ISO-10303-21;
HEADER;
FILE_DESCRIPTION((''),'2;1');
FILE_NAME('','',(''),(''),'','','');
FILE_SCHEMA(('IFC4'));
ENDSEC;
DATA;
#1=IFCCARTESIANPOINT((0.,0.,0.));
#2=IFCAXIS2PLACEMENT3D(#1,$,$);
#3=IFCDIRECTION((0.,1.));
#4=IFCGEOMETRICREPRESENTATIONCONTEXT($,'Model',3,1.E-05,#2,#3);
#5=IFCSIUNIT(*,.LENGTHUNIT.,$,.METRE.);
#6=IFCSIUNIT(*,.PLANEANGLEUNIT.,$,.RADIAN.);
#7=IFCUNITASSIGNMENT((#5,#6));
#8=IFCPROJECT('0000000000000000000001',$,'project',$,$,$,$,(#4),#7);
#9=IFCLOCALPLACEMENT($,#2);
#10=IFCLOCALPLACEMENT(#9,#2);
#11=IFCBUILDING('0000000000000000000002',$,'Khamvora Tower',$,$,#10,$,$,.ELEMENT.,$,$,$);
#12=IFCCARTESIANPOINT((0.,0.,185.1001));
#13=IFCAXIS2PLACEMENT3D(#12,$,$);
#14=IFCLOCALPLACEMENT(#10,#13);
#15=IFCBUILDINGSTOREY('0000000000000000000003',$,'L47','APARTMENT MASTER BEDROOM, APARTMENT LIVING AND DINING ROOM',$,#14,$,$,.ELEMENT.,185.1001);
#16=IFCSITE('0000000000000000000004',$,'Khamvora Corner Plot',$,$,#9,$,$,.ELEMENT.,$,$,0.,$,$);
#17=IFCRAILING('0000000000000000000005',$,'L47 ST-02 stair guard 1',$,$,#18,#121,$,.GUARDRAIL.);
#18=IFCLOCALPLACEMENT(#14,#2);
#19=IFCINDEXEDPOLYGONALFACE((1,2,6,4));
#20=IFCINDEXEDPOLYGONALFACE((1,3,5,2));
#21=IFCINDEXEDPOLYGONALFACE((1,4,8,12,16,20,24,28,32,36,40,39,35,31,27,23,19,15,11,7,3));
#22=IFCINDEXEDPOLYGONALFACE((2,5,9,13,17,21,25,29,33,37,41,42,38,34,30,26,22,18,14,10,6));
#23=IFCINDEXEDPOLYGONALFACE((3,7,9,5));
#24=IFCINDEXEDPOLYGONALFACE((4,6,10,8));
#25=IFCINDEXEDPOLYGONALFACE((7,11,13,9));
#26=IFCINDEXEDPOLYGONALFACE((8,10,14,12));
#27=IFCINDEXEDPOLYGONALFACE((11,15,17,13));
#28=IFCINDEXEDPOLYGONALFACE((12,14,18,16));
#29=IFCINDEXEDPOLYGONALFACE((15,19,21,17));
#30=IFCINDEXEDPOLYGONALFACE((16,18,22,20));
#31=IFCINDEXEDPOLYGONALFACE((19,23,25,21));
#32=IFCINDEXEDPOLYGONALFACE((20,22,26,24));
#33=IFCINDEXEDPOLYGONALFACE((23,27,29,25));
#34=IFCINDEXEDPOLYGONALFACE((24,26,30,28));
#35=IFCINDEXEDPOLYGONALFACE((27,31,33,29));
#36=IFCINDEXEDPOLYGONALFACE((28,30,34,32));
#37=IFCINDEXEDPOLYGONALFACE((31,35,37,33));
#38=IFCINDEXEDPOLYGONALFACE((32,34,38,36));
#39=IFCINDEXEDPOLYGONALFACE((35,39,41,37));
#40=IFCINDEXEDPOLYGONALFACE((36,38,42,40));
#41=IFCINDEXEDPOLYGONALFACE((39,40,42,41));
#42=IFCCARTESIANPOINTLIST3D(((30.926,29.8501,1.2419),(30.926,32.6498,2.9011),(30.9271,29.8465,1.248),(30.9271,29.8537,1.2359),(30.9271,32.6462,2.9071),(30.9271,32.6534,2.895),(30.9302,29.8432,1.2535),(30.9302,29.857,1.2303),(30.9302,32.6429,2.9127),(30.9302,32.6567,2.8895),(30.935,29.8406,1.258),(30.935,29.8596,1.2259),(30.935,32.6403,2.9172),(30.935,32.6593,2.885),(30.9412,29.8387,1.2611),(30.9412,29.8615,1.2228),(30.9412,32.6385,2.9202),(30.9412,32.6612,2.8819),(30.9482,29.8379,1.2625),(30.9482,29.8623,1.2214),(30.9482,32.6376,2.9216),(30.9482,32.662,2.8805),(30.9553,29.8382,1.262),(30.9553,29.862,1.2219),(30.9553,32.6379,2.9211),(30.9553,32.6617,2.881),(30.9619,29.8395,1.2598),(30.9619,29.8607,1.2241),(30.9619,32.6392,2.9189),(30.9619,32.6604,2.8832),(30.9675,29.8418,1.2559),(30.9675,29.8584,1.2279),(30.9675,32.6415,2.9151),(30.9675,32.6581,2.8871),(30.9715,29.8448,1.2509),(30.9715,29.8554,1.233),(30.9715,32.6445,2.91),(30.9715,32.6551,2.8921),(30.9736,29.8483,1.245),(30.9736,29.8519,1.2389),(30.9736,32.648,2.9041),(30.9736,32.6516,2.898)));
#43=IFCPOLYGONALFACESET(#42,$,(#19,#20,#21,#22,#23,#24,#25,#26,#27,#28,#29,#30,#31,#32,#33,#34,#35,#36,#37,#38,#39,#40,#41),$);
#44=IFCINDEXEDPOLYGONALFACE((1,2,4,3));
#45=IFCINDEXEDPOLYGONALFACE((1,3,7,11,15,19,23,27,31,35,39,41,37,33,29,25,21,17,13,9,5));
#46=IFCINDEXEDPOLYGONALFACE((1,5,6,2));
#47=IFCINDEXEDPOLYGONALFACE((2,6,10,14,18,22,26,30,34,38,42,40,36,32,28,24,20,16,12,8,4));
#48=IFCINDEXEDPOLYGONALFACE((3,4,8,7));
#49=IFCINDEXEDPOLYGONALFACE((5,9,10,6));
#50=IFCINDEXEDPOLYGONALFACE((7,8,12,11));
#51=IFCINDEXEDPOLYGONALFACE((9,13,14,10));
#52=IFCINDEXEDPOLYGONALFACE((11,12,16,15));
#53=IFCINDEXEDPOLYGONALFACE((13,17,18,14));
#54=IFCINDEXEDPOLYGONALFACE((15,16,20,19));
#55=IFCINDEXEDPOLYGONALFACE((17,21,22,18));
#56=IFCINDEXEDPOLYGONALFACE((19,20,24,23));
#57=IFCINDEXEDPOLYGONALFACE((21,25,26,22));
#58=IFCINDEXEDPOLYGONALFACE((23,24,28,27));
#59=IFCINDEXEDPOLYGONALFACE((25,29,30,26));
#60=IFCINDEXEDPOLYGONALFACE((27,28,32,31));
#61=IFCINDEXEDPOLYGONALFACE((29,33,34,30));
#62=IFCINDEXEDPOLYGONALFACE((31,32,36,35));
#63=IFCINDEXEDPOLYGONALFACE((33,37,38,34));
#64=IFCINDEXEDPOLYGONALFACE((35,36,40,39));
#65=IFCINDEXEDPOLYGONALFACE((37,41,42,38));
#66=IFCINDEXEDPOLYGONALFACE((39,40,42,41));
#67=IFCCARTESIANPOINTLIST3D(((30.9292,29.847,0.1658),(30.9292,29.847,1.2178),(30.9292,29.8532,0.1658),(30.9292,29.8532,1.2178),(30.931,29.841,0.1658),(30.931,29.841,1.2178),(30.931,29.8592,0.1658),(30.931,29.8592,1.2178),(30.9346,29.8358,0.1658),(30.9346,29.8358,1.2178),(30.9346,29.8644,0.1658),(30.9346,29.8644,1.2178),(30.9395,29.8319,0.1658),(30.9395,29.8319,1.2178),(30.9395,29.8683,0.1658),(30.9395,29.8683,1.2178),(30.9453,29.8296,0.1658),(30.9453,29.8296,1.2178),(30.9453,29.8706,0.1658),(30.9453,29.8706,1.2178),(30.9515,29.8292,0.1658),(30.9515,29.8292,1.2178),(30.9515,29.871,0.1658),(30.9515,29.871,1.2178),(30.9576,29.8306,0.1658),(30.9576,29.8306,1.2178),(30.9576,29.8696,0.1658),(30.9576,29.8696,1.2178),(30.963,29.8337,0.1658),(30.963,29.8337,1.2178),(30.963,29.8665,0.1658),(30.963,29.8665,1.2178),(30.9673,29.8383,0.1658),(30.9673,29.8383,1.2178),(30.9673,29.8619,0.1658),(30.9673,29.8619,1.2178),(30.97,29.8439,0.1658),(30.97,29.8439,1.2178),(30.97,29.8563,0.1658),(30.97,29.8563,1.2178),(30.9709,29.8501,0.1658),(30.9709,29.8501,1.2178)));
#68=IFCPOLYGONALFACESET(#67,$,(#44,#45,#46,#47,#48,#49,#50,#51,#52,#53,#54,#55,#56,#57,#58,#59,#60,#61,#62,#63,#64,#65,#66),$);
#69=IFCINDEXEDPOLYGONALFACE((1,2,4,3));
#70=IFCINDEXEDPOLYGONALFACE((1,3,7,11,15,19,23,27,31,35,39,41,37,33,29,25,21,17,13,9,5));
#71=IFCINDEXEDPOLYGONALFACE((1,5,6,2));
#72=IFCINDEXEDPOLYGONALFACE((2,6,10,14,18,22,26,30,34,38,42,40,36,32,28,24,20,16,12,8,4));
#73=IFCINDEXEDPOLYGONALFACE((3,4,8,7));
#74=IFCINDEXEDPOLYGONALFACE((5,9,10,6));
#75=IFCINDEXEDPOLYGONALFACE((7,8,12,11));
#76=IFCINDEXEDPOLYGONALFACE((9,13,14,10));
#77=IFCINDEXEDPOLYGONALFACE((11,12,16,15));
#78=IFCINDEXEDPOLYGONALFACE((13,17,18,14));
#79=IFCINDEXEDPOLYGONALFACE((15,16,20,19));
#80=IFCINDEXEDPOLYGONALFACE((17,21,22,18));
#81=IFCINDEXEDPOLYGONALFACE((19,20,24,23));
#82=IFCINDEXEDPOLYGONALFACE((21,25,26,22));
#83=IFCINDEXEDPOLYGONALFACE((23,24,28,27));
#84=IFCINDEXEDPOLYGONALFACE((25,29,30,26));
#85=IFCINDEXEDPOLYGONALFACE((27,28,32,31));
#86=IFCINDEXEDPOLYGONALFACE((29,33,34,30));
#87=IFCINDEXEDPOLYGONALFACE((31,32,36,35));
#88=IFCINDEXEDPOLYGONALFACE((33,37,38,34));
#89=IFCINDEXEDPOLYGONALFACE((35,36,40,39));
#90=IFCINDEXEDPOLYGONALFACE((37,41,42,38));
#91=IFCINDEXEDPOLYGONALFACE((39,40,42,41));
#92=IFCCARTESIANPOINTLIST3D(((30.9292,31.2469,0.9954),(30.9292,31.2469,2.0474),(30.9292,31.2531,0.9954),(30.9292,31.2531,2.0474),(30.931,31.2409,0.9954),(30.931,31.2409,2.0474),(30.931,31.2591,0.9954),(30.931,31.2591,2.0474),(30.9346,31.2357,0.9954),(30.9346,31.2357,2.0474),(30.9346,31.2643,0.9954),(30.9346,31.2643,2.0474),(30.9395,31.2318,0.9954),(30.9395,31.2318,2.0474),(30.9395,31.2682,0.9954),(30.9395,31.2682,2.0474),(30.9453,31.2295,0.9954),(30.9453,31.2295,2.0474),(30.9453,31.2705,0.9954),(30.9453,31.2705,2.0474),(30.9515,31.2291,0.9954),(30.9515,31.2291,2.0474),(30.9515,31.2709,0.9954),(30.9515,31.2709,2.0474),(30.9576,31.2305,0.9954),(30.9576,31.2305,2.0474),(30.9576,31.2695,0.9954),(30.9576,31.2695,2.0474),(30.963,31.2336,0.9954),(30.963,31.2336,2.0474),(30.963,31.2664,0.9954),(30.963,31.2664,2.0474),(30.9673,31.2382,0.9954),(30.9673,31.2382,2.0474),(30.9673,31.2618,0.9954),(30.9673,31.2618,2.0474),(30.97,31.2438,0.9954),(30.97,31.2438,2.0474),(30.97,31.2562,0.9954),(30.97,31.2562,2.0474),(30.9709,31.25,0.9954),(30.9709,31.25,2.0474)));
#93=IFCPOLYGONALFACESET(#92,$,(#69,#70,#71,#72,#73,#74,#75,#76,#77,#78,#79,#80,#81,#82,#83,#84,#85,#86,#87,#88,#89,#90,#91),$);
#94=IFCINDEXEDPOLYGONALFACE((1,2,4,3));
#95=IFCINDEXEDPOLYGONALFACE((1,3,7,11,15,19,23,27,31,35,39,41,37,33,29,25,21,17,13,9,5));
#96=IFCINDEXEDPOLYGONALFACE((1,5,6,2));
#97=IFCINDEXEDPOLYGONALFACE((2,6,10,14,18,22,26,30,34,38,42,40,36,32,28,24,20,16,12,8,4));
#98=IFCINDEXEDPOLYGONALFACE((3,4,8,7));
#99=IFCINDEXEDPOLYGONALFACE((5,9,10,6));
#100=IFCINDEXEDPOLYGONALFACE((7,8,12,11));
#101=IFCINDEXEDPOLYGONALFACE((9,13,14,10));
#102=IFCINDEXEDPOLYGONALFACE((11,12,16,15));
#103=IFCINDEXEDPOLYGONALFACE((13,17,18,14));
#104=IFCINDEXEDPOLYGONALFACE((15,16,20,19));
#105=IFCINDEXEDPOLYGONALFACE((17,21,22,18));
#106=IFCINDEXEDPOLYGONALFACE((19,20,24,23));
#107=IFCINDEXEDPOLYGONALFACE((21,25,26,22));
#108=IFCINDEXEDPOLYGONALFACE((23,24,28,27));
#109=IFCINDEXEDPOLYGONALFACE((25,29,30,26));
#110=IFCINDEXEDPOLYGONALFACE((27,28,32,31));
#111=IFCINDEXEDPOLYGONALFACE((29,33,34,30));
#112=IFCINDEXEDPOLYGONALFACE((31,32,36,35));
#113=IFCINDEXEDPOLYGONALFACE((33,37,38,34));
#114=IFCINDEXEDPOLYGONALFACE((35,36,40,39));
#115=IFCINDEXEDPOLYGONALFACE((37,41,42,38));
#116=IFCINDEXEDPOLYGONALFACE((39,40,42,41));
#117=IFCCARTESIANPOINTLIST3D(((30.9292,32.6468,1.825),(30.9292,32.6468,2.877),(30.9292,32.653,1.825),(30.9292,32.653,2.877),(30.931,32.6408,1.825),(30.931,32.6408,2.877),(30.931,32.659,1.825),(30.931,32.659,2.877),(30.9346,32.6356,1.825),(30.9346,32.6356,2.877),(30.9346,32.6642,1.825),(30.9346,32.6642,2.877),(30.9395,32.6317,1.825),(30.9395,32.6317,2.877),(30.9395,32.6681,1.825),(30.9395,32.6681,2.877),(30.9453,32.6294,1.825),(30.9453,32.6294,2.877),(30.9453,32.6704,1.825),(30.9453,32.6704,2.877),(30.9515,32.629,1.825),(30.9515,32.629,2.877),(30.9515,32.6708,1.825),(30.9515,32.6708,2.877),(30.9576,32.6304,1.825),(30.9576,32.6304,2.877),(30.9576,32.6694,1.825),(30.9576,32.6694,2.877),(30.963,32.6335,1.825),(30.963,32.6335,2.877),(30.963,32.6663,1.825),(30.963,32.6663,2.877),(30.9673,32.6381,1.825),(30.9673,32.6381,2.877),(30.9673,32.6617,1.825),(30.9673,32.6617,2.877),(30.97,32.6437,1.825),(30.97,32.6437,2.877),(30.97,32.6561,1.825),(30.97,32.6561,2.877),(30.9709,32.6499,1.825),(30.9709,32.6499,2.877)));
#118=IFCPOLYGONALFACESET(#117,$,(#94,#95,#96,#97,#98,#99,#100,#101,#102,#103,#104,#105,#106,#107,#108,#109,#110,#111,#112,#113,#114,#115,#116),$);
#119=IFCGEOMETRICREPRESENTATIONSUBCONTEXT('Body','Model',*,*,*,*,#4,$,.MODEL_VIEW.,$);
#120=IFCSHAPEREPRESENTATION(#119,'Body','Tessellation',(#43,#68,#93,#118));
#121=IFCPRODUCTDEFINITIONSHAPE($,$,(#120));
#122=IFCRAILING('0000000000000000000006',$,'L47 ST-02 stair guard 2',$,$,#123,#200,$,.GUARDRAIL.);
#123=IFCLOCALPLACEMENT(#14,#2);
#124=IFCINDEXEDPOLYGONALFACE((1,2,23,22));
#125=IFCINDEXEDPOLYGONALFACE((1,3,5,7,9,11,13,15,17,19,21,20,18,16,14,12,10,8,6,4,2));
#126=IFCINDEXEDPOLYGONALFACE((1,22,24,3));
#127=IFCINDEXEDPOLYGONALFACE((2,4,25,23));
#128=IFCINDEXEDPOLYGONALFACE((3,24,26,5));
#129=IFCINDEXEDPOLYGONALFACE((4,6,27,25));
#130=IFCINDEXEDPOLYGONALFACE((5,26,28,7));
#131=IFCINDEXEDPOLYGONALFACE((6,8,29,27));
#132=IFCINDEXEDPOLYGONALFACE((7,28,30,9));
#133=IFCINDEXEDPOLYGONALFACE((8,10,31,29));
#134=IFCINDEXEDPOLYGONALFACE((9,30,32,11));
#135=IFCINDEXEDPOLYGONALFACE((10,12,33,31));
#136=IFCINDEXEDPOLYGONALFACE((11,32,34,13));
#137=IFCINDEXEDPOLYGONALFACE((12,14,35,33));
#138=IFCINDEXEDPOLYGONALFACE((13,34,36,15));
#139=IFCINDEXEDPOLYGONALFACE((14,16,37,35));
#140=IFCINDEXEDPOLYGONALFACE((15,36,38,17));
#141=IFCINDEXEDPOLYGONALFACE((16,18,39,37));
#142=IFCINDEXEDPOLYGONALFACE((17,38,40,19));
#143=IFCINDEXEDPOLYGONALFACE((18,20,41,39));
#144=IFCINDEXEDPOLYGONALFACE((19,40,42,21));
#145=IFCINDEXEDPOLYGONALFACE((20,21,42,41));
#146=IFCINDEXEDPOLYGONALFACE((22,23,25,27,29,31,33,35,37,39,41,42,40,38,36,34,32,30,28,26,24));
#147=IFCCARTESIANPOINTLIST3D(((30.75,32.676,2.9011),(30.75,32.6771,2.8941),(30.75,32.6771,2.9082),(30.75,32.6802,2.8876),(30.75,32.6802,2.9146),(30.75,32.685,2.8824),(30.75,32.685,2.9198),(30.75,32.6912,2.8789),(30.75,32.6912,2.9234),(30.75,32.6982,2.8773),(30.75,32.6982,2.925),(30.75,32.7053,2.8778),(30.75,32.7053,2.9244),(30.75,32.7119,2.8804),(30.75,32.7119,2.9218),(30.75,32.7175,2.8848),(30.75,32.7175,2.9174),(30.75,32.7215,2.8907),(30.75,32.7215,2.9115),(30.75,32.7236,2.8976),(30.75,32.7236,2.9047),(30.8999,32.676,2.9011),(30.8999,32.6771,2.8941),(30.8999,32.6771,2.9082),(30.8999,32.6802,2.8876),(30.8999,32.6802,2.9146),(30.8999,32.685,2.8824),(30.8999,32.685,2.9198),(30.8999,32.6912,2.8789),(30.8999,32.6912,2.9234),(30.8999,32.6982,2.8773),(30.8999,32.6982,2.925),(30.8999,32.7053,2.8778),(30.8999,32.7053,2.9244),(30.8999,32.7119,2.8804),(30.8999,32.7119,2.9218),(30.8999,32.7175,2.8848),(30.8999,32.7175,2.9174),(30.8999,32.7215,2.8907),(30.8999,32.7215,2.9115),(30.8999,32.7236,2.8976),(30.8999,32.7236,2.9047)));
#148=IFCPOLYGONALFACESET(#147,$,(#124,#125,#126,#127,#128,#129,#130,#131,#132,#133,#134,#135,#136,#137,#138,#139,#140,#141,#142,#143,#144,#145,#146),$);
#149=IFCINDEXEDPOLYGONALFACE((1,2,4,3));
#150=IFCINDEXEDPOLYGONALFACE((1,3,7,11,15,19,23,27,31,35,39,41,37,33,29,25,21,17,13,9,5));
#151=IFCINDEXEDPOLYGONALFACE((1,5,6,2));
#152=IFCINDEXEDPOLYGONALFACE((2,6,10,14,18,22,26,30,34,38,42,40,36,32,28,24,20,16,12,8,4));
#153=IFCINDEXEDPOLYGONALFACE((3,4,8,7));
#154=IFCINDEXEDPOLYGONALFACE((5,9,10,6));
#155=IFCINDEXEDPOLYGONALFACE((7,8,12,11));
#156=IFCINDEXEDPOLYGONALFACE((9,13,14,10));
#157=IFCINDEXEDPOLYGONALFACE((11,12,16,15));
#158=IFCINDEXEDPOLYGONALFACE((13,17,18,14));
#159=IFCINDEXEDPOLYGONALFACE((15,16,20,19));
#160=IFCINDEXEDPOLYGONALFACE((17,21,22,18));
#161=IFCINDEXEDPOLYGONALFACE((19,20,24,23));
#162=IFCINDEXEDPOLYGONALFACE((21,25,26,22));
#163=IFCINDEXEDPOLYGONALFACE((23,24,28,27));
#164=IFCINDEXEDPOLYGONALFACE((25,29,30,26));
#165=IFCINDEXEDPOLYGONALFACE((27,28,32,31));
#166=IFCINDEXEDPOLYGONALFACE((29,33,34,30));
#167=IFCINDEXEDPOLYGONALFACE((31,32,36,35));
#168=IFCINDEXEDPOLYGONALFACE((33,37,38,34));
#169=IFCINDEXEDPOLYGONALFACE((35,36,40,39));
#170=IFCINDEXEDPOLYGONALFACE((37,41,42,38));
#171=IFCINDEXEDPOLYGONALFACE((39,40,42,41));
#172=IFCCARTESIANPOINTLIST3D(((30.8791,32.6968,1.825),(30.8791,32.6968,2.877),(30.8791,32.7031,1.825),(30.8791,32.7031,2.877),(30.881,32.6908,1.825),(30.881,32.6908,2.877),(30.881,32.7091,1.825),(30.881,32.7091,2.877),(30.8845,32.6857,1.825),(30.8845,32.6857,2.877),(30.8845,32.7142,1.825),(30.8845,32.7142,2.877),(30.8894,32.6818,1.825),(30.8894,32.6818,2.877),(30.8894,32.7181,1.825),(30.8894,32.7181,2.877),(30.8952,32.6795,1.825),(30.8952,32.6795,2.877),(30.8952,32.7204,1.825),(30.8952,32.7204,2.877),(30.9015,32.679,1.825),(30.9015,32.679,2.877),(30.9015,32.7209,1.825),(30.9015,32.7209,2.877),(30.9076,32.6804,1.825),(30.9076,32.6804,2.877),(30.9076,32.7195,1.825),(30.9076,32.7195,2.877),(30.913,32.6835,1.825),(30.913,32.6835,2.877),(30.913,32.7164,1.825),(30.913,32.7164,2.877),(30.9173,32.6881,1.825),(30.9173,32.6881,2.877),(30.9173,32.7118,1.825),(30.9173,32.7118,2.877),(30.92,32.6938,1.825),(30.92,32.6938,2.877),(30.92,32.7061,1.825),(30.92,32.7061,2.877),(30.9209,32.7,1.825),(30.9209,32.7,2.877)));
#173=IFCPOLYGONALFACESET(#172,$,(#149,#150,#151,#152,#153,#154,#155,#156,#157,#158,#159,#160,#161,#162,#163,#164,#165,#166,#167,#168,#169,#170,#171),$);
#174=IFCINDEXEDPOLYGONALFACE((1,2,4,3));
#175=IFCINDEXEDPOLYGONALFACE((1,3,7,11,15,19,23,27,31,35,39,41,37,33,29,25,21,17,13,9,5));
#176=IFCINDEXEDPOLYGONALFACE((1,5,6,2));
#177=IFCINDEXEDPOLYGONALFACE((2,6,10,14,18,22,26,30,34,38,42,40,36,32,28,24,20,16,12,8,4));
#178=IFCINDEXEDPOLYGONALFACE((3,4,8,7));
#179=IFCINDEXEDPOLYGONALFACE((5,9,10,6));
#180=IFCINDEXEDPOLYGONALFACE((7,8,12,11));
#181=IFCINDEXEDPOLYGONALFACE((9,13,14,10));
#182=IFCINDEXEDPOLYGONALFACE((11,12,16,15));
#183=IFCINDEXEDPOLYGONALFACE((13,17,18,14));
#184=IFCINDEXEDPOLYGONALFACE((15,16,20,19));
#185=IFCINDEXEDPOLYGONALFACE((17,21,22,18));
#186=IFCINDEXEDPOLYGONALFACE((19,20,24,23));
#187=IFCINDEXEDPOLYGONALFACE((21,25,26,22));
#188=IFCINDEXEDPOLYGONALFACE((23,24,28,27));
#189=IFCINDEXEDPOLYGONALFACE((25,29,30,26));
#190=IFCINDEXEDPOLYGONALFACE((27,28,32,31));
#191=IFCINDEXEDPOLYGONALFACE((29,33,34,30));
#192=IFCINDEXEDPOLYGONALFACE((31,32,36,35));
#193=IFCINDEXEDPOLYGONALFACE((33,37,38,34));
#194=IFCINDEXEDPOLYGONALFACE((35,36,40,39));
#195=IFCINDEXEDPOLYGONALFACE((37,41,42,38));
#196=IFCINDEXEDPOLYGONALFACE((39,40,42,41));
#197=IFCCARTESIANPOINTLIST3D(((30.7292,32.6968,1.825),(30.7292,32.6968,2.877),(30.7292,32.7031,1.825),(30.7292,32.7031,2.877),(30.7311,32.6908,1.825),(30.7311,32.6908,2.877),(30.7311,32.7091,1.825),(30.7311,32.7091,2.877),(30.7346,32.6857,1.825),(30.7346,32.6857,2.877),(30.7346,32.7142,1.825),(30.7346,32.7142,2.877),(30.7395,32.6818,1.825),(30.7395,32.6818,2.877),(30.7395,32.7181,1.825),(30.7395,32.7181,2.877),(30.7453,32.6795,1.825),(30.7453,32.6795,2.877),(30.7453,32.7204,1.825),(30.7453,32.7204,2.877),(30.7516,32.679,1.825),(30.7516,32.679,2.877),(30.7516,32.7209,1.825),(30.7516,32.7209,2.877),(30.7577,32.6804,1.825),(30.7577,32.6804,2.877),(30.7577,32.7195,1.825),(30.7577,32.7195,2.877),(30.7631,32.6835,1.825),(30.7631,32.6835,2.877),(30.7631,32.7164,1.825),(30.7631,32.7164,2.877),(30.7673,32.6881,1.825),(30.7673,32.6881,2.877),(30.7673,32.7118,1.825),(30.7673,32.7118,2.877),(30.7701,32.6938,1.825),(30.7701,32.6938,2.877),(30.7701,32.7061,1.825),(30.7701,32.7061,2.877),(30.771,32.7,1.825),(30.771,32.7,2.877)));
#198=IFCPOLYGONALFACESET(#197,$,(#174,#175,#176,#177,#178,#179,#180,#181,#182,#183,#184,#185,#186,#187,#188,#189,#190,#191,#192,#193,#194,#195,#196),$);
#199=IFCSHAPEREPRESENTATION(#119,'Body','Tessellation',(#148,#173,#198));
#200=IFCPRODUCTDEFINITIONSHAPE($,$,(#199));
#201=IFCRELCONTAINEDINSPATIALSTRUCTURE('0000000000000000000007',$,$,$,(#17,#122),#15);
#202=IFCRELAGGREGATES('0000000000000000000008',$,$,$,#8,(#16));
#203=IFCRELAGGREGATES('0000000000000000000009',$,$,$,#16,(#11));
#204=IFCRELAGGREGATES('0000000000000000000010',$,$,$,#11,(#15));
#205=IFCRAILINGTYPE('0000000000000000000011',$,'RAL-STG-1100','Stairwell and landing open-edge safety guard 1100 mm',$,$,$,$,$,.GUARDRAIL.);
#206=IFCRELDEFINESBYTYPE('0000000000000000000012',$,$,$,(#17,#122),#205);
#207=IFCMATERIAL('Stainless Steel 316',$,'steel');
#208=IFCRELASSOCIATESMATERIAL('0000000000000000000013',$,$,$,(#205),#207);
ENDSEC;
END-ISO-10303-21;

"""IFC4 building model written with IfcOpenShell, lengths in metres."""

from ifc_helpers import new_model, si_unit, direction, frame, origin, origin_2d, place, context, subcontext, project, spatial, circle, extrude, material, type_object, element, save


model = new_model("IFC4")

# Units and contexts
model_context = context("Model", 3, precision=1e-05, world=origin(), true_north=direction((0.0, 1.0)))
body_context = subcontext(model_context, "Body", "Model", "MODEL_VIEW")
ifc_project = project(units=[si_unit("LENGTHUNIT", "METRE"), si_unit("PLANEANGLEUNIT", "RADIAN")], contexts=[model_context])

# Site, building, storey
site_placement = place(None, origin())
site = spatial("IfcSite", under=ifc_project, at=site_placement, Name="Khamvora Corner Plot", CompositionType="ELEMENT", RefElevation=0.0)
building_placement = place(site_placement, origin())
building = spatial("IfcBuilding", under=site, at=building_placement, Name="Khamvora Tower", CompositionType="ELEMENT")
storey_placement = place(building_placement, frame((0.0, 0.0, 185.1001)))
storey = spatial("IfcBuildingStorey", under=building, at=storey_placement, Name="L47", Description="APARTMENT MASTER BEDROOM, APARTMENT LIVING AND DINING ROOM", CompositionType="ELEMENT", Elevation=185.1001)

# Railings
ifc_material_1 = material(Name="Stainless Steel 316", Category="steel")
railing_type_1 = type_object("IfcRailingType", Name="RAL-STG-1100", Description="Stairwell and landing open-edge safety guard 1100 mm", PredefinedType="GUARDRAIL", material=ifc_material_1)
railing_1_placement = place(storey_placement, frame((30.95, 29.8501, 0.1658)))
element("IfcRailing", 1, at=railing_1_placement, inside=storey, type_object=railing_type_1, Name="L47 ST-02 stair guard 1", PredefinedType="GUARDRAIL", context=body_context, shape_type="SweptSolid", body=[
    extrude(circle(Radius=0.0239, at=origin_2d()), frame((0.0, 0.0, 1.0762), z_axis=(0.0, 0.860287, 0.509811), x_axis=(-1.0, 0.0, 0.0)), (0.0, 0.0, 1.0), 3.2544),
    extrude(circle(Radius=0.021, at=origin_2d()), origin(), (0.0, 0.0, 1.0), 1.052),
    extrude(circle(Radius=0.021, at=origin_2d()), frame((0.0, 1.3999, 0.8296)), (0.0, 0.0, 1.0), 1.052),
    extrude(circle(Radius=0.021, at=origin_2d()), frame((0.0, 2.7998, 1.6592)), (0.0, 0.0, 1.0), 1.052),
])
railing_2_placement = place(storey_placement, frame((30.8999, 32.7, 1.825)))
element("IfcRailing", 2, at=railing_2_placement, inside=storey, type_object=railing_type_1, Name="L47 ST-02 stair guard 2", PredefinedType="GUARDRAIL", context=body_context, shape_type="SweptSolid", body=[
    extrude(circle(Radius=0.0239, at=origin_2d()), frame((0.0, 0.0, 1.0762), z_axis=(-1.0, 0.0, 0.0), x_axis=(0.0, -1.0, 0.0)), (0.0, 0.0, 1.0), 0.1499),
    extrude(circle(Radius=0.021, at=origin_2d()), origin(), (0.0, 0.0, 1.0), 1.052),
    extrude(circle(Radius=0.021, at=origin_2d()), frame((-0.1499, 0.0, 0.0)), (0.0, 0.0, 1.0), 1.052),
])

save(model, "model.ifc")
